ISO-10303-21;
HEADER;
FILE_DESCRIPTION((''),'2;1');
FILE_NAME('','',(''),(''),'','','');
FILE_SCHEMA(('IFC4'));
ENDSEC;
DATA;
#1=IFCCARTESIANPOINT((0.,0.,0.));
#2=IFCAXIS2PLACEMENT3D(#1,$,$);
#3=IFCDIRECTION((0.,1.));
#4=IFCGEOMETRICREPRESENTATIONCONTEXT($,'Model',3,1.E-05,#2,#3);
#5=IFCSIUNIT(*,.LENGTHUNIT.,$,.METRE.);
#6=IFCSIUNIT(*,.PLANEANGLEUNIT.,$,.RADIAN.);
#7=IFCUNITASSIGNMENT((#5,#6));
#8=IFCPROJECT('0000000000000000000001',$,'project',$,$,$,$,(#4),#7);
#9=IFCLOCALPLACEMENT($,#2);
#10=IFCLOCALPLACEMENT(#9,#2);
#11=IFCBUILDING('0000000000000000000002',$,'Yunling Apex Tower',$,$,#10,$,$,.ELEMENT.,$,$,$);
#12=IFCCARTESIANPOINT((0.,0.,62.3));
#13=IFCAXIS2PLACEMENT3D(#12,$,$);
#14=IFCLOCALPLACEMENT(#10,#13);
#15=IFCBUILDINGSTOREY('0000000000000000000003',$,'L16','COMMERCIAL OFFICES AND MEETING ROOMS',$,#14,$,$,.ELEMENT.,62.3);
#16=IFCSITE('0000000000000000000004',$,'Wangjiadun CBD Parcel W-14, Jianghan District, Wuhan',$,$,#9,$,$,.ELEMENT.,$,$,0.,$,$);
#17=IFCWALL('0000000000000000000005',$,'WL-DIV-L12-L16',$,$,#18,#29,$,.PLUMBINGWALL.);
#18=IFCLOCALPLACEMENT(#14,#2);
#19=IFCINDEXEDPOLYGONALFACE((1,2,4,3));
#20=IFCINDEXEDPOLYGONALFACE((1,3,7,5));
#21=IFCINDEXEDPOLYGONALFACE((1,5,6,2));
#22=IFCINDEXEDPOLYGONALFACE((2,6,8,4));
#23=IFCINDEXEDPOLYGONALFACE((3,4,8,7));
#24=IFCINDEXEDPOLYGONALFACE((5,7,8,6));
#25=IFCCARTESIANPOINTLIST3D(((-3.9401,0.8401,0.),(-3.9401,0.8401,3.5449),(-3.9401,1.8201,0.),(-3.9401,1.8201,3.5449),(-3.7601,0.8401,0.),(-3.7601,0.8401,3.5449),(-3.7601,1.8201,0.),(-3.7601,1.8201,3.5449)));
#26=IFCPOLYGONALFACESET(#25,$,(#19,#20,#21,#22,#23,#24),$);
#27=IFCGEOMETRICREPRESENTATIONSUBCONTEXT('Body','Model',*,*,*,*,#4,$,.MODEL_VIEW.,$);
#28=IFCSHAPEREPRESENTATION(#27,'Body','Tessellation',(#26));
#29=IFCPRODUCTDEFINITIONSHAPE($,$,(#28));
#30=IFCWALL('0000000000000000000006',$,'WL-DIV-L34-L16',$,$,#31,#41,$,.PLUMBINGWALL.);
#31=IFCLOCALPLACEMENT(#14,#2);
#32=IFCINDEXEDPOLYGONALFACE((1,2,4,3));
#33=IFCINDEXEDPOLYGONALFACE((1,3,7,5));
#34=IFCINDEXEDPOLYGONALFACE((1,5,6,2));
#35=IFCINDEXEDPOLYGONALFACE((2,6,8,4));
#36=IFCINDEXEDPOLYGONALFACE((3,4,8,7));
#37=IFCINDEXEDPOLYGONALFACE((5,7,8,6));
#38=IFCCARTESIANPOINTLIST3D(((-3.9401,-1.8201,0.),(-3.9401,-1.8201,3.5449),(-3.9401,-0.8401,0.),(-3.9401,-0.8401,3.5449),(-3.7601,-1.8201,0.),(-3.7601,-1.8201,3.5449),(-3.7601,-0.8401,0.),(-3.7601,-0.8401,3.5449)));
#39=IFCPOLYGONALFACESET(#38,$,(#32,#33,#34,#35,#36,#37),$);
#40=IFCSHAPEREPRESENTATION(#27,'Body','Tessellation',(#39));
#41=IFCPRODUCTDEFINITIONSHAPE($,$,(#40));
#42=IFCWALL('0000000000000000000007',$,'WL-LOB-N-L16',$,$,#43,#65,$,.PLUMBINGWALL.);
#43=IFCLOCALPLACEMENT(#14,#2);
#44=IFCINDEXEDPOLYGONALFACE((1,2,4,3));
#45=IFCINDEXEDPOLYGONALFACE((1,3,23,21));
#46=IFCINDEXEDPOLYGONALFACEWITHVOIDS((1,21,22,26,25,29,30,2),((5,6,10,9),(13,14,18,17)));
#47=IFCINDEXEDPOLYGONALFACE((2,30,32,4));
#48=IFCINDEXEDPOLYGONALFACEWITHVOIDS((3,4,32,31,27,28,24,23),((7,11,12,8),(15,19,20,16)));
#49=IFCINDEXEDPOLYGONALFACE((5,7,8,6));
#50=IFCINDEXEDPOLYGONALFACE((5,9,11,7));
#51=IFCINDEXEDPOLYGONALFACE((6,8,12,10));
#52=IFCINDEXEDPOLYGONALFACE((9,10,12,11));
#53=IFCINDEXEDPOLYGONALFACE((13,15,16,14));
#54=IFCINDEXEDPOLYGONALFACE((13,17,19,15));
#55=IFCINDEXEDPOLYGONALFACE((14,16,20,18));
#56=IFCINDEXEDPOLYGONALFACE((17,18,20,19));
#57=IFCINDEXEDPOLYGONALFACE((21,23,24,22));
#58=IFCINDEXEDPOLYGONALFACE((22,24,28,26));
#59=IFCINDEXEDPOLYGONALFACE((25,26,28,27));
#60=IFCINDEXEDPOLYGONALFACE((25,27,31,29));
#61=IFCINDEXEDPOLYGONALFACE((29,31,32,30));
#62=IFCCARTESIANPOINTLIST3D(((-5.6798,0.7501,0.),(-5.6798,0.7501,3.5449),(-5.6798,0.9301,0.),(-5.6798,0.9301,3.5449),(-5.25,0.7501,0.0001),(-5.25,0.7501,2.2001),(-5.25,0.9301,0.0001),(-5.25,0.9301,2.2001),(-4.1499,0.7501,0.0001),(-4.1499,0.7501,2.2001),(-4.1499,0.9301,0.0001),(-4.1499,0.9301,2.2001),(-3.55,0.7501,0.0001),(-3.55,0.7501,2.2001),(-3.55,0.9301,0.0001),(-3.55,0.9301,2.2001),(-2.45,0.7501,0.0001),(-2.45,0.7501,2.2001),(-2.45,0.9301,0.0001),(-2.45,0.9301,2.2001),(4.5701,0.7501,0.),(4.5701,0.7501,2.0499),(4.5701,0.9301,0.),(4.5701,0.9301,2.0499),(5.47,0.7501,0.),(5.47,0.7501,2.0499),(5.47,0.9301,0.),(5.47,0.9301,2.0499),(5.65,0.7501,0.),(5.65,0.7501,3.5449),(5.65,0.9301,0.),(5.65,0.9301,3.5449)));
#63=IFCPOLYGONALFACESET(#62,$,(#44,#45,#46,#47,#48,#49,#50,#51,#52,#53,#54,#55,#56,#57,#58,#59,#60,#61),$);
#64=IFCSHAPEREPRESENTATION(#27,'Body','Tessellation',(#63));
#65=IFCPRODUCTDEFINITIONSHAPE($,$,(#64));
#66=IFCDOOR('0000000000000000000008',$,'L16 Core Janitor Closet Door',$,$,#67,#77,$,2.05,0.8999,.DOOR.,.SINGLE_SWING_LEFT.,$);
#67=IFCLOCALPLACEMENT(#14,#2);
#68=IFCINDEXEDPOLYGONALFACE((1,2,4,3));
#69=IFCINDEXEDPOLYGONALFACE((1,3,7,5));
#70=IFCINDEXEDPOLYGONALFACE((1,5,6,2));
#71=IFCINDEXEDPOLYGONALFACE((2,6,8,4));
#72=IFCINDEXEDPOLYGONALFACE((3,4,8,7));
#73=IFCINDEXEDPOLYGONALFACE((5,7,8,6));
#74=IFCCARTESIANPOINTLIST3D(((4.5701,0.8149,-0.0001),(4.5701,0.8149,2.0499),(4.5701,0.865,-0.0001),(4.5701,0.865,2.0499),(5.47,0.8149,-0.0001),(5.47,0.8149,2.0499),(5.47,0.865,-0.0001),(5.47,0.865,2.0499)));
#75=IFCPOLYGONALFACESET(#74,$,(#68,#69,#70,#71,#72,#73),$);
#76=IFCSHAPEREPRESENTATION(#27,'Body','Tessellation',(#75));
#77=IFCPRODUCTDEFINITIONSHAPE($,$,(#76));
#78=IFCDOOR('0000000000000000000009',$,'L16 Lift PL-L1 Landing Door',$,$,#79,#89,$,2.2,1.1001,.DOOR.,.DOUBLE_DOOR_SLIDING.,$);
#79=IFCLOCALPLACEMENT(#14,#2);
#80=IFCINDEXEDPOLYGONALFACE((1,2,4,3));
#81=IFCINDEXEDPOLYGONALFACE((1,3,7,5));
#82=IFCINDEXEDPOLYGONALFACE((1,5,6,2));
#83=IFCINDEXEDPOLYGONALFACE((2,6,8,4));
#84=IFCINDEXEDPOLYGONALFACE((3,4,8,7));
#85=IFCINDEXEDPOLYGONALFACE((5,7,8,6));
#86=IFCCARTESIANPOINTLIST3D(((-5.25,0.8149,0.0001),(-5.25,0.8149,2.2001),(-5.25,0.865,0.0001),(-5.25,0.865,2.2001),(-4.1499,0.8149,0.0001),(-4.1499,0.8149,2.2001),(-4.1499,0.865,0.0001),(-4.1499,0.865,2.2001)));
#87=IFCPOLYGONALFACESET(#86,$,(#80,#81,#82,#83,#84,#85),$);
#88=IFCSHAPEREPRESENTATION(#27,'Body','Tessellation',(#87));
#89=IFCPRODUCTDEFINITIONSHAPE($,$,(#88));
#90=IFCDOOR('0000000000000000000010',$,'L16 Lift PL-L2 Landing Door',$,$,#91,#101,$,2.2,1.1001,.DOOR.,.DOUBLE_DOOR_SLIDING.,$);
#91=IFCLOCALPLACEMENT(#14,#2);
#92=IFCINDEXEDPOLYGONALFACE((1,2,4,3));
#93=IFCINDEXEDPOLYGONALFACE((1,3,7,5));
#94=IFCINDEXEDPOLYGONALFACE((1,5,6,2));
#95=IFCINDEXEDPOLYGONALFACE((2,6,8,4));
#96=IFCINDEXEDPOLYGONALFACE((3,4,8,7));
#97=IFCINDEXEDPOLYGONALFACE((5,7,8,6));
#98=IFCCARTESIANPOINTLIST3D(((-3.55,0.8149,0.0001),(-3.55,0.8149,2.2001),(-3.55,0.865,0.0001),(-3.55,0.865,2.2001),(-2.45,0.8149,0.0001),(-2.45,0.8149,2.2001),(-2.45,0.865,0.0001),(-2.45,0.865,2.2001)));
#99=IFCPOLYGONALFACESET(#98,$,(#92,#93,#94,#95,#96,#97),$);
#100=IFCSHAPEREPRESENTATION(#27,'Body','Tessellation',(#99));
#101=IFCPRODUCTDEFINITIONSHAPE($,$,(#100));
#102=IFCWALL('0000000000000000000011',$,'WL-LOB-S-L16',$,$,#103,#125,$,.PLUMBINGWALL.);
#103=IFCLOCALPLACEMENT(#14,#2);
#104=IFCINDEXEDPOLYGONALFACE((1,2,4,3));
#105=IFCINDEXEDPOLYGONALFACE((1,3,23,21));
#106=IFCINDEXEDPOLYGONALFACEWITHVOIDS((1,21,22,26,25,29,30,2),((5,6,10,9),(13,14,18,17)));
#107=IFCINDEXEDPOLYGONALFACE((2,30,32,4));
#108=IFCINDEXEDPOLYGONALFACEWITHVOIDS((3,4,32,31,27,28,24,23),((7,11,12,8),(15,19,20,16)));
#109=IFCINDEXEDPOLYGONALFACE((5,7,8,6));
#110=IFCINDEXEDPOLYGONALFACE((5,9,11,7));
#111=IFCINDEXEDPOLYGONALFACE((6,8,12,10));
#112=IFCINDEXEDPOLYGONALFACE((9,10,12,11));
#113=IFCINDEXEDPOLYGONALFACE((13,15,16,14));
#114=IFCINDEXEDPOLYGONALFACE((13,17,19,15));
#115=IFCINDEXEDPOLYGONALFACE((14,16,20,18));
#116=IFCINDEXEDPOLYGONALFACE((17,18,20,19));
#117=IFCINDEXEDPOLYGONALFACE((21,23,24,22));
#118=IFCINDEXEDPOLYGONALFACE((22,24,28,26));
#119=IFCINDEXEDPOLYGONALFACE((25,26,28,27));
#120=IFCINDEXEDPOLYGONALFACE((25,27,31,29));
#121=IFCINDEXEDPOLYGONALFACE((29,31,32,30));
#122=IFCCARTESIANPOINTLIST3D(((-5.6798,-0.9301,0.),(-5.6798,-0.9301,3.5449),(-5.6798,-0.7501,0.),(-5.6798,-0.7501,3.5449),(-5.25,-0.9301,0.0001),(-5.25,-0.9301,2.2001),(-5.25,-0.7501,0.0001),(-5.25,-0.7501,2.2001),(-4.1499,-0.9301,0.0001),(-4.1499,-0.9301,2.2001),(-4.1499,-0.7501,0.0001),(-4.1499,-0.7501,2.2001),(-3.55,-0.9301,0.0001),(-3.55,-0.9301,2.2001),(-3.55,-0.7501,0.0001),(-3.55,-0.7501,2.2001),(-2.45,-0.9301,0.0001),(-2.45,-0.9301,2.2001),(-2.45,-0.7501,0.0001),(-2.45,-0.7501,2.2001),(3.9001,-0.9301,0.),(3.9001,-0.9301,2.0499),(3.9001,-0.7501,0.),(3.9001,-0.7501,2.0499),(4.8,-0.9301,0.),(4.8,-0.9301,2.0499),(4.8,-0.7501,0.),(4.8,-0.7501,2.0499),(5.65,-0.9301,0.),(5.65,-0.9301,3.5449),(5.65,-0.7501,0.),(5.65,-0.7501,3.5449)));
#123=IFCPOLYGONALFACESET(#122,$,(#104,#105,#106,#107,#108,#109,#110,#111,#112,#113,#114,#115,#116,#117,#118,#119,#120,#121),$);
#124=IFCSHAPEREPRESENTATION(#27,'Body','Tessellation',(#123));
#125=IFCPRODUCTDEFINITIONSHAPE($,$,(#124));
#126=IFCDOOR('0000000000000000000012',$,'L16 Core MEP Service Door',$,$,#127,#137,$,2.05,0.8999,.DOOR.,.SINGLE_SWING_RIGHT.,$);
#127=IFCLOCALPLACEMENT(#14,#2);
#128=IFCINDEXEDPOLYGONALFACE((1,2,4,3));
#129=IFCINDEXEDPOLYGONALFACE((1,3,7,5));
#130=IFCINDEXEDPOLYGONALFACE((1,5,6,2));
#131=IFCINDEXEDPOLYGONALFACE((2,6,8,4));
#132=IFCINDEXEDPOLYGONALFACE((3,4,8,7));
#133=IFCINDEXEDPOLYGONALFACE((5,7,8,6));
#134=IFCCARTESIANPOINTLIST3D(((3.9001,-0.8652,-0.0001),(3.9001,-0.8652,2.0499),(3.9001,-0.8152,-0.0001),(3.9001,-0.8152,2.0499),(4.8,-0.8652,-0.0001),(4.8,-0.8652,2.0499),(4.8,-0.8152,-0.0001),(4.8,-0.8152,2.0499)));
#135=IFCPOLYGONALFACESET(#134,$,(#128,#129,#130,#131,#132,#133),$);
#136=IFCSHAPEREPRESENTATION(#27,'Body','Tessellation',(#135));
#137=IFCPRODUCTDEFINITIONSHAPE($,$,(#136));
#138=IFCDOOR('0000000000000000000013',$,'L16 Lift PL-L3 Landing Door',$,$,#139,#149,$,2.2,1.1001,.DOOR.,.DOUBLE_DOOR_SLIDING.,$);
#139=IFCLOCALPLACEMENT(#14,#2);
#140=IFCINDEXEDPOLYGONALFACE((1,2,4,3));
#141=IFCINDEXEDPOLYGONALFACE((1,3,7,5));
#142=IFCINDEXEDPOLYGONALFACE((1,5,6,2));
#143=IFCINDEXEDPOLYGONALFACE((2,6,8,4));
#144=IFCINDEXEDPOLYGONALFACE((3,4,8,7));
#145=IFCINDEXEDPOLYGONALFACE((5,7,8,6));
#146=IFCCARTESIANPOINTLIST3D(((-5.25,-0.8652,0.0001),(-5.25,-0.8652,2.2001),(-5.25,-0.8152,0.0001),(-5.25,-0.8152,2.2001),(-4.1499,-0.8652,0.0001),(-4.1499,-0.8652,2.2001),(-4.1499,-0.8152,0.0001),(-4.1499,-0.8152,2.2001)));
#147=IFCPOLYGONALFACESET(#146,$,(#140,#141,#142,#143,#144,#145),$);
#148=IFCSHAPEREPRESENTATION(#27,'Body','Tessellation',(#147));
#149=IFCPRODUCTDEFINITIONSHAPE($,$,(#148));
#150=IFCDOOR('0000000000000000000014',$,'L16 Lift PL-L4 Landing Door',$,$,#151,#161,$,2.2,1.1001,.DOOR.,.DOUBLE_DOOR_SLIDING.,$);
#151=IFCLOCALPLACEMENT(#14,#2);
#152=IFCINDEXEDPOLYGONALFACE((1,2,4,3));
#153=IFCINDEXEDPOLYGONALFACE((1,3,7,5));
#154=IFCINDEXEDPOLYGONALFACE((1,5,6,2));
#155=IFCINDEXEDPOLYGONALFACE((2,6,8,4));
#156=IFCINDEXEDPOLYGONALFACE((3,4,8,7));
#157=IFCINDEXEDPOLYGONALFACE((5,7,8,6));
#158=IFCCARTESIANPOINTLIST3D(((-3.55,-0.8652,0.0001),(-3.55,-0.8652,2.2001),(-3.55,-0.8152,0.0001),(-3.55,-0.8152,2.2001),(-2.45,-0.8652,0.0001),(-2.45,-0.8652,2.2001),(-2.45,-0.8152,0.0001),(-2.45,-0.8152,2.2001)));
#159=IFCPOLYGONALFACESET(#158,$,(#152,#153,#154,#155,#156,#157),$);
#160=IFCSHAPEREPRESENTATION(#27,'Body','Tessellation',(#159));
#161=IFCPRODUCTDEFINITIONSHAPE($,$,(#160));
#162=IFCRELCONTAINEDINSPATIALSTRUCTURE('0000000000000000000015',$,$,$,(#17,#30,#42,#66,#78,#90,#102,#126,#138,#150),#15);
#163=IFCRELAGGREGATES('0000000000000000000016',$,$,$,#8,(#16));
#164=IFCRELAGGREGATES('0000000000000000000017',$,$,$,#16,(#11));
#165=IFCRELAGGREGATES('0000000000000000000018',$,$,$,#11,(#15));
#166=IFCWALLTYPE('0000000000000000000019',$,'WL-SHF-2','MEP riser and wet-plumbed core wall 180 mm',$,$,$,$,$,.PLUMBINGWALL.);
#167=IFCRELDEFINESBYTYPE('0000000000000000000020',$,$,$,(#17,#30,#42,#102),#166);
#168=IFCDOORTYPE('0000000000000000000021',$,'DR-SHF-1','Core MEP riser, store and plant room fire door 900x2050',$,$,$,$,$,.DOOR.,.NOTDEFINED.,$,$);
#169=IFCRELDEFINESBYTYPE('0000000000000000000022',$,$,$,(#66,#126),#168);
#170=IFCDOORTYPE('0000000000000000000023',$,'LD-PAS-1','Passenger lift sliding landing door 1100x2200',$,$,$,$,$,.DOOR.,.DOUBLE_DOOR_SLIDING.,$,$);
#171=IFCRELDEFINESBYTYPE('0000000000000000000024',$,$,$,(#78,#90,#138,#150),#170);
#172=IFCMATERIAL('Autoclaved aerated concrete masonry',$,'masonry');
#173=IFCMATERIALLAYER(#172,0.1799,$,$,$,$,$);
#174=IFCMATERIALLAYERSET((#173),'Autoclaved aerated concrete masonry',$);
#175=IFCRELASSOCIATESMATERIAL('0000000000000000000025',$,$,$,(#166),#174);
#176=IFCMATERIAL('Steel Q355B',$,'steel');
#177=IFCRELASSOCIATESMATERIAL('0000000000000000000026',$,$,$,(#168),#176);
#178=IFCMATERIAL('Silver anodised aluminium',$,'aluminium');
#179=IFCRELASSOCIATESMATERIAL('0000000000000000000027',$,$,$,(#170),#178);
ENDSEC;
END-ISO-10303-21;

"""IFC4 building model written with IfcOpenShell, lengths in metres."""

from ifc_helpers import new_model, si_unit, direction, frame, frame_2d, origin, place, context, subcontext, project, spatial, rectangle, extrude, material, layer, layer_set, type_object, element, fill, save


model = new_model("IFC4")

# Units and contexts
model_context = context("Model", 3, precision=1e-05, world=origin(), true_north=direction((0.0, 1.0)))
body_context = subcontext(model_context, "Body", "Model", "MODEL_VIEW")
ifc_project = project(units=[si_unit("LENGTHUNIT", "METRE"), si_unit("PLANEANGLEUNIT", "RADIAN")], contexts=[model_context])

# Site, building, storey
site_placement = place(None, origin())
site = spatial("IfcSite", under=ifc_project, at=site_placement, Name="Wangjiadun CBD Parcel W-14, Jianghan District, Wuhan", CompositionType="ELEMENT", RefElevation=0.0)
building_placement = place(site_placement, origin())
building = spatial("IfcBuilding", under=site, at=building_placement, Name="Yunling Apex Tower", CompositionType="ELEMENT")
storey_placement = place(building_placement, frame((0.0, 0.0, 62.3)))
storey = spatial("IfcBuildingStorey", under=building, at=storey_placement, Name="L16", Description="COMMERCIAL OFFICES AND MEETING ROOMS", CompositionType="ELEMENT", Elevation=62.3)

# Shared definitions
ifc_material_1 = material(Name="Steel Q355B", Category="steel")

# Shared definitions
ifc_material_2 = material(Name="Autoclaved aerated concrete masonry", Category="masonry")

# Walls
ifc_layer_1 = layer(ifc_material_2, 0.1799)
ifc_layer_set_1 = layer_set([ifc_layer_1], Name="Autoclaved aerated concrete masonry")
wall_type_1 = type_object("IfcWallType", Name="WL-SHF-2", Description="MEP riser and wet-plumbed core wall 180 mm", PredefinedType="PLUMBINGWALL", material=ifc_layer_set_1)
for number, where, z_axis, x_axis, name in (
    (1, (-3.8501, 0.8401, 0.0), (0.0, 0.0, 1.0), (0.0, 1.0, 0.0), "WL-DIV-L12-L16"),
    (2, (-3.8501, -1.8201, 0.0), (0.0, 0.0, 1.0), (0.0, 1.0, 0.0), "WL-DIV-L34-L16"),
):
    element("IfcWall", number, at=place(storey_placement, frame(where, z_axis=z_axis, x_axis=x_axis)), inside=storey, type_object=wall_type_1, Name=name, PredefinedType="PLUMBINGWALL", context=body_context, shape_type="SweptSolid", body=[
        extrude(rectangle(XDim=0.98, YDim=0.1799, at=frame_2d((0.49, 0.0))), origin(), (0.0, 0.0, 1.0), 3.5449),
    ])

# Walls, openings, doors
wall_1_placement = place(storey_placement, frame((-5.6799, 0.8401, 0.0), z_axis=(0.0, 0.0, 1.0), x_axis=(1.0, 0.0, 0.0)))
wall_1 = element("IfcWall", 3, at=wall_1_placement, inside=storey, type_object=wall_type_1, Name="WL-LOB-N-L16", PredefinedType="PLUMBINGWALL", context=body_context, shape_type="SweptSolid", body=[
    extrude(rectangle(XDim=11.3298, YDim=0.1799, at=frame_2d((5.665, 0.0))), origin(), (0.0, 0.0, 1.0), 3.5449),
])
opening_1_placement = place(wall_1_placement, frame((0.4299, 0.0, 0.0)))
opening_1 = element("IfcOpeningElement", 4, at=opening_1_placement, cuts=wall_1, PredefinedType="OPENING", context=body_context, shape_type="SweptSolid", body=[
    extrude(rectangle(XDim=1.1001, YDim=2.2, at=frame_2d((0.55, 1.1001))), frame((0.0, 0.1001, 0.0), z_axis=(0.0, -1.0, 0.0), x_axis=(1.0, 0.0, 0.0)), (0.0, 0.0, 1.0), 0.2),
])
opening_2_placement = place(wall_1_placement, frame((2.1299, 0.0, 0.0)))
opening_2 = element("IfcOpeningElement", 5, at=opening_2_placement, cuts=wall_1, PredefinedType="OPENING", context=body_context, shape_type="SweptSolid", body=[
    extrude(rectangle(XDim=1.1001, YDim=2.2, at=frame_2d((0.55, 1.1001))), frame((0.0, 0.1001, 0.0), z_axis=(0.0, -1.0, 0.0), x_axis=(1.0, 0.0, 0.0)), (0.0, 0.0, 1.0), 0.2),
])
opening_3_placement = place(wall_1_placement, frame((10.25, 0.0, 0.0)))
opening_3 = element("IfcOpeningElement", 6, at=opening_3_placement, cuts=wall_1, PredefinedType="OPENING", context=body_context, shape_type="SweptSolid", body=[
    extrude(rectangle(XDim=0.8999, YDim=2.05, at=frame_2d((0.45, 1.0249))), frame((0.0, 0.1001, 0.0), z_axis=(0.0, -1.0, 0.0), x_axis=(1.0, 0.0, 0.0)), (0.0, 0.0, 1.0), 0.2),
])
door_type_1 = type_object("IfcDoorType", Name="DR-SHF-1", Description="Core MEP riser, store and plant room fire door 900x2050", OperationType="NOTDEFINED", PredefinedType="DOOR", material=ifc_material_1)
door_1_placement = place(opening_3_placement, origin())
door_1 = element("IfcDoor", 7, at=door_1_placement, inside=storey, type_object=door_type_1, Name="L16 Core Janitor Closet Door", OperationType="SINGLE_SWING_LEFT", OverallHeight=2.05, OverallWidth=0.8999, PredefinedType="DOOR", context=body_context, shape_type="SweptSolid", body=[
    extrude(rectangle(XDim=0.8999, YDim=2.05, at=frame_2d((0.45, 1.0249))), frame((0.0, 0.0249, 0.0), z_axis=(0.0, -1.0, 0.0), x_axis=(1.0, 0.0, 0.0)), (0.0, 0.0, 1.0), 0.05),
])
fill(opening_3, door_1)
ifc_material_3 = material(Name="Silver anodised aluminium", Category="aluminium")
door_type_2 = type_object("IfcDoorType", Name="LD-PAS-1", Description="Passenger lift sliding landing door 1100x2200", OperationType="DOUBLE_DOOR_SLIDING", PredefinedType="DOOR", material=ifc_material_3)
door_2_placement = place(opening_1_placement, origin())
door_2 = element("IfcDoor", 8, at=door_2_placement, inside=storey, type_object=door_type_2, Name="L16 Lift PL-L1 Landing Door", OperationType="DOUBLE_DOOR_SLIDING", OverallHeight=2.2, OverallWidth=1.1001, PredefinedType="DOOR", context=body_context, shape_type="SweptSolid", body=[
    extrude(rectangle(XDim=1.1001, YDim=2.2, at=frame_2d((0.55, 1.1001))), frame((0.0, 0.0249, 0.0), z_axis=(0.0, -1.0, 0.0), x_axis=(1.0, 0.0, 0.0)), (0.0, 0.0, 1.0), 0.05),
])
fill(opening_1, door_2)
door_3_placement = place(opening_2_placement, origin())
door_3 = element("IfcDoor", 9, at=door_3_placement, inside=storey, type_object=door_type_2, Name="L16 Lift PL-L2 Landing Door", OperationType="DOUBLE_DOOR_SLIDING", OverallHeight=2.2, OverallWidth=1.1001, PredefinedType="DOOR", context=body_context, shape_type="SweptSolid", body=[
    extrude(rectangle(XDim=1.1001, YDim=2.2, at=frame_2d((0.55, 1.1001))), frame((0.0, 0.0249, 0.0), z_axis=(0.0, -1.0, 0.0), x_axis=(1.0, 0.0, 0.0)), (0.0, 0.0, 1.0), 0.05),
])
fill(opening_2, door_3)
wall_2_placement = place(storey_placement, frame((-5.6799, -0.8401, 0.0), z_axis=(0.0, 0.0, 1.0), x_axis=(1.0, 0.0, 0.0)))
wall_2 = element("IfcWall", 10, at=wall_2_placement, inside=storey, type_object=wall_type_1, Name="WL-LOB-S-L16", PredefinedType="PLUMBINGWALL", context=body_context, shape_type="SweptSolid", body=[
    extrude(rectangle(XDim=11.3298, YDim=0.1799, at=frame_2d((5.665, 0.0))), origin(), (0.0, 0.0, 1.0), 3.5449),
])
opening_4_placement = place(wall_2_placement, frame((0.4299, 0.0, 0.0)))
opening_4 = element("IfcOpeningElement", 11, at=opening_4_placement, cuts=wall_2, PredefinedType="OPENING", context=body_context, shape_type="SweptSolid", body=[
    extrude(rectangle(XDim=1.1001, YDim=2.2, at=frame_2d((0.55, 1.1001))), frame((0.0, 0.1001, 0.0), z_axis=(0.0, -1.0, 0.0), x_axis=(1.0, 0.0, 0.0)), (0.0, 0.0, 1.0), 0.2),
])
opening_5_placement = place(wall_2_placement, frame((2.1299, 0.0, 0.0)))
opening_5 = element("IfcOpeningElement", 12, at=opening_5_placement, cuts=wall_2, PredefinedType="OPENING", context=body_context, shape_type="SweptSolid", body=[
    extrude(rectangle(XDim=1.1001, YDim=2.2, at=frame_2d((0.55, 1.1001))), frame((0.0, 0.1001, 0.0), z_axis=(0.0, -1.0, 0.0), x_axis=(1.0, 0.0, 0.0)), (0.0, 0.0, 1.0), 0.2),
])
opening_6_placement = place(wall_2_placement, frame((9.5801, 0.0, 0.0)))
opening_6 = element("IfcOpeningElement", 13, at=opening_6_placement, cuts=wall_2, PredefinedType="OPENING", context=body_context, shape_type="SweptSolid", body=[
    extrude(rectangle(XDim=0.8999, YDim=2.05, at=frame_2d((0.45, 1.0249))), frame((0.0, 0.1001, 0.0), z_axis=(0.0, -1.0, 0.0), x_axis=(1.0, 0.0, 0.0)), (0.0, 0.0, 1.0), 0.2),
])
door_4_placement = place(opening_6_placement, origin())
door_4 = element("IfcDoor", 14, at=door_4_placement, inside=storey, type_object=door_type_1, Name="L16 Core MEP Service Door", OperationType="SINGLE_SWING_RIGHT", OverallHeight=2.05, OverallWidth=0.8999, PredefinedType="DOOR", context=body_context, shape_type="SweptSolid", body=[
    extrude(rectangle(XDim=0.8999, YDim=2.05, at=frame_2d((0.45, 1.0249))), frame((0.0, 0.0249, 0.0), z_axis=(0.0, -1.0, 0.0), x_axis=(1.0, 0.0, 0.0)), (0.0, 0.0, 1.0), 0.05),
])
fill(opening_6, door_4)
door_5_placement = place(opening_4_placement, origin())
door_5 = element("IfcDoor", 15, at=door_5_placement, inside=storey, type_object=door_type_2, Name="L16 Lift PL-L3 Landing Door", OperationType="DOUBLE_DOOR_SLIDING", OverallHeight=2.2, OverallWidth=1.1001, PredefinedType="DOOR", context=body_context, shape_type="SweptSolid", body=[
    extrude(rectangle(XDim=1.1001, YDim=2.2, at=frame_2d((0.55, 1.1001))), frame((0.0, 0.0249, 0.0), z_axis=(0.0, -1.0, 0.0), x_axis=(1.0, 0.0, 0.0)), (0.0, 0.0, 1.0), 0.05),
])
fill(opening_4, door_5)
door_6_placement = place(opening_5_placement, origin())
door_6 = element("IfcDoor", 16, at=door_6_placement, inside=storey, type_object=door_type_2, Name="L16 Lift PL-L4 Landing Door", OperationType="DOUBLE_DOOR_SLIDING", OverallHeight=2.2, OverallWidth=1.1001, PredefinedType="DOOR", context=body_context, shape_type="SweptSolid", body=[
    extrude(rectangle(XDim=1.1001, YDim=2.2, at=frame_2d((0.55, 1.1001))), frame((0.0, 0.0249, 0.0), z_axis=(0.0, -1.0, 0.0), x_axis=(1.0, 0.0, 0.0)), (0.0, 0.0, 1.0), 0.05),
])
fill(opening_5, door_6)

save(model, "model.ifc")
